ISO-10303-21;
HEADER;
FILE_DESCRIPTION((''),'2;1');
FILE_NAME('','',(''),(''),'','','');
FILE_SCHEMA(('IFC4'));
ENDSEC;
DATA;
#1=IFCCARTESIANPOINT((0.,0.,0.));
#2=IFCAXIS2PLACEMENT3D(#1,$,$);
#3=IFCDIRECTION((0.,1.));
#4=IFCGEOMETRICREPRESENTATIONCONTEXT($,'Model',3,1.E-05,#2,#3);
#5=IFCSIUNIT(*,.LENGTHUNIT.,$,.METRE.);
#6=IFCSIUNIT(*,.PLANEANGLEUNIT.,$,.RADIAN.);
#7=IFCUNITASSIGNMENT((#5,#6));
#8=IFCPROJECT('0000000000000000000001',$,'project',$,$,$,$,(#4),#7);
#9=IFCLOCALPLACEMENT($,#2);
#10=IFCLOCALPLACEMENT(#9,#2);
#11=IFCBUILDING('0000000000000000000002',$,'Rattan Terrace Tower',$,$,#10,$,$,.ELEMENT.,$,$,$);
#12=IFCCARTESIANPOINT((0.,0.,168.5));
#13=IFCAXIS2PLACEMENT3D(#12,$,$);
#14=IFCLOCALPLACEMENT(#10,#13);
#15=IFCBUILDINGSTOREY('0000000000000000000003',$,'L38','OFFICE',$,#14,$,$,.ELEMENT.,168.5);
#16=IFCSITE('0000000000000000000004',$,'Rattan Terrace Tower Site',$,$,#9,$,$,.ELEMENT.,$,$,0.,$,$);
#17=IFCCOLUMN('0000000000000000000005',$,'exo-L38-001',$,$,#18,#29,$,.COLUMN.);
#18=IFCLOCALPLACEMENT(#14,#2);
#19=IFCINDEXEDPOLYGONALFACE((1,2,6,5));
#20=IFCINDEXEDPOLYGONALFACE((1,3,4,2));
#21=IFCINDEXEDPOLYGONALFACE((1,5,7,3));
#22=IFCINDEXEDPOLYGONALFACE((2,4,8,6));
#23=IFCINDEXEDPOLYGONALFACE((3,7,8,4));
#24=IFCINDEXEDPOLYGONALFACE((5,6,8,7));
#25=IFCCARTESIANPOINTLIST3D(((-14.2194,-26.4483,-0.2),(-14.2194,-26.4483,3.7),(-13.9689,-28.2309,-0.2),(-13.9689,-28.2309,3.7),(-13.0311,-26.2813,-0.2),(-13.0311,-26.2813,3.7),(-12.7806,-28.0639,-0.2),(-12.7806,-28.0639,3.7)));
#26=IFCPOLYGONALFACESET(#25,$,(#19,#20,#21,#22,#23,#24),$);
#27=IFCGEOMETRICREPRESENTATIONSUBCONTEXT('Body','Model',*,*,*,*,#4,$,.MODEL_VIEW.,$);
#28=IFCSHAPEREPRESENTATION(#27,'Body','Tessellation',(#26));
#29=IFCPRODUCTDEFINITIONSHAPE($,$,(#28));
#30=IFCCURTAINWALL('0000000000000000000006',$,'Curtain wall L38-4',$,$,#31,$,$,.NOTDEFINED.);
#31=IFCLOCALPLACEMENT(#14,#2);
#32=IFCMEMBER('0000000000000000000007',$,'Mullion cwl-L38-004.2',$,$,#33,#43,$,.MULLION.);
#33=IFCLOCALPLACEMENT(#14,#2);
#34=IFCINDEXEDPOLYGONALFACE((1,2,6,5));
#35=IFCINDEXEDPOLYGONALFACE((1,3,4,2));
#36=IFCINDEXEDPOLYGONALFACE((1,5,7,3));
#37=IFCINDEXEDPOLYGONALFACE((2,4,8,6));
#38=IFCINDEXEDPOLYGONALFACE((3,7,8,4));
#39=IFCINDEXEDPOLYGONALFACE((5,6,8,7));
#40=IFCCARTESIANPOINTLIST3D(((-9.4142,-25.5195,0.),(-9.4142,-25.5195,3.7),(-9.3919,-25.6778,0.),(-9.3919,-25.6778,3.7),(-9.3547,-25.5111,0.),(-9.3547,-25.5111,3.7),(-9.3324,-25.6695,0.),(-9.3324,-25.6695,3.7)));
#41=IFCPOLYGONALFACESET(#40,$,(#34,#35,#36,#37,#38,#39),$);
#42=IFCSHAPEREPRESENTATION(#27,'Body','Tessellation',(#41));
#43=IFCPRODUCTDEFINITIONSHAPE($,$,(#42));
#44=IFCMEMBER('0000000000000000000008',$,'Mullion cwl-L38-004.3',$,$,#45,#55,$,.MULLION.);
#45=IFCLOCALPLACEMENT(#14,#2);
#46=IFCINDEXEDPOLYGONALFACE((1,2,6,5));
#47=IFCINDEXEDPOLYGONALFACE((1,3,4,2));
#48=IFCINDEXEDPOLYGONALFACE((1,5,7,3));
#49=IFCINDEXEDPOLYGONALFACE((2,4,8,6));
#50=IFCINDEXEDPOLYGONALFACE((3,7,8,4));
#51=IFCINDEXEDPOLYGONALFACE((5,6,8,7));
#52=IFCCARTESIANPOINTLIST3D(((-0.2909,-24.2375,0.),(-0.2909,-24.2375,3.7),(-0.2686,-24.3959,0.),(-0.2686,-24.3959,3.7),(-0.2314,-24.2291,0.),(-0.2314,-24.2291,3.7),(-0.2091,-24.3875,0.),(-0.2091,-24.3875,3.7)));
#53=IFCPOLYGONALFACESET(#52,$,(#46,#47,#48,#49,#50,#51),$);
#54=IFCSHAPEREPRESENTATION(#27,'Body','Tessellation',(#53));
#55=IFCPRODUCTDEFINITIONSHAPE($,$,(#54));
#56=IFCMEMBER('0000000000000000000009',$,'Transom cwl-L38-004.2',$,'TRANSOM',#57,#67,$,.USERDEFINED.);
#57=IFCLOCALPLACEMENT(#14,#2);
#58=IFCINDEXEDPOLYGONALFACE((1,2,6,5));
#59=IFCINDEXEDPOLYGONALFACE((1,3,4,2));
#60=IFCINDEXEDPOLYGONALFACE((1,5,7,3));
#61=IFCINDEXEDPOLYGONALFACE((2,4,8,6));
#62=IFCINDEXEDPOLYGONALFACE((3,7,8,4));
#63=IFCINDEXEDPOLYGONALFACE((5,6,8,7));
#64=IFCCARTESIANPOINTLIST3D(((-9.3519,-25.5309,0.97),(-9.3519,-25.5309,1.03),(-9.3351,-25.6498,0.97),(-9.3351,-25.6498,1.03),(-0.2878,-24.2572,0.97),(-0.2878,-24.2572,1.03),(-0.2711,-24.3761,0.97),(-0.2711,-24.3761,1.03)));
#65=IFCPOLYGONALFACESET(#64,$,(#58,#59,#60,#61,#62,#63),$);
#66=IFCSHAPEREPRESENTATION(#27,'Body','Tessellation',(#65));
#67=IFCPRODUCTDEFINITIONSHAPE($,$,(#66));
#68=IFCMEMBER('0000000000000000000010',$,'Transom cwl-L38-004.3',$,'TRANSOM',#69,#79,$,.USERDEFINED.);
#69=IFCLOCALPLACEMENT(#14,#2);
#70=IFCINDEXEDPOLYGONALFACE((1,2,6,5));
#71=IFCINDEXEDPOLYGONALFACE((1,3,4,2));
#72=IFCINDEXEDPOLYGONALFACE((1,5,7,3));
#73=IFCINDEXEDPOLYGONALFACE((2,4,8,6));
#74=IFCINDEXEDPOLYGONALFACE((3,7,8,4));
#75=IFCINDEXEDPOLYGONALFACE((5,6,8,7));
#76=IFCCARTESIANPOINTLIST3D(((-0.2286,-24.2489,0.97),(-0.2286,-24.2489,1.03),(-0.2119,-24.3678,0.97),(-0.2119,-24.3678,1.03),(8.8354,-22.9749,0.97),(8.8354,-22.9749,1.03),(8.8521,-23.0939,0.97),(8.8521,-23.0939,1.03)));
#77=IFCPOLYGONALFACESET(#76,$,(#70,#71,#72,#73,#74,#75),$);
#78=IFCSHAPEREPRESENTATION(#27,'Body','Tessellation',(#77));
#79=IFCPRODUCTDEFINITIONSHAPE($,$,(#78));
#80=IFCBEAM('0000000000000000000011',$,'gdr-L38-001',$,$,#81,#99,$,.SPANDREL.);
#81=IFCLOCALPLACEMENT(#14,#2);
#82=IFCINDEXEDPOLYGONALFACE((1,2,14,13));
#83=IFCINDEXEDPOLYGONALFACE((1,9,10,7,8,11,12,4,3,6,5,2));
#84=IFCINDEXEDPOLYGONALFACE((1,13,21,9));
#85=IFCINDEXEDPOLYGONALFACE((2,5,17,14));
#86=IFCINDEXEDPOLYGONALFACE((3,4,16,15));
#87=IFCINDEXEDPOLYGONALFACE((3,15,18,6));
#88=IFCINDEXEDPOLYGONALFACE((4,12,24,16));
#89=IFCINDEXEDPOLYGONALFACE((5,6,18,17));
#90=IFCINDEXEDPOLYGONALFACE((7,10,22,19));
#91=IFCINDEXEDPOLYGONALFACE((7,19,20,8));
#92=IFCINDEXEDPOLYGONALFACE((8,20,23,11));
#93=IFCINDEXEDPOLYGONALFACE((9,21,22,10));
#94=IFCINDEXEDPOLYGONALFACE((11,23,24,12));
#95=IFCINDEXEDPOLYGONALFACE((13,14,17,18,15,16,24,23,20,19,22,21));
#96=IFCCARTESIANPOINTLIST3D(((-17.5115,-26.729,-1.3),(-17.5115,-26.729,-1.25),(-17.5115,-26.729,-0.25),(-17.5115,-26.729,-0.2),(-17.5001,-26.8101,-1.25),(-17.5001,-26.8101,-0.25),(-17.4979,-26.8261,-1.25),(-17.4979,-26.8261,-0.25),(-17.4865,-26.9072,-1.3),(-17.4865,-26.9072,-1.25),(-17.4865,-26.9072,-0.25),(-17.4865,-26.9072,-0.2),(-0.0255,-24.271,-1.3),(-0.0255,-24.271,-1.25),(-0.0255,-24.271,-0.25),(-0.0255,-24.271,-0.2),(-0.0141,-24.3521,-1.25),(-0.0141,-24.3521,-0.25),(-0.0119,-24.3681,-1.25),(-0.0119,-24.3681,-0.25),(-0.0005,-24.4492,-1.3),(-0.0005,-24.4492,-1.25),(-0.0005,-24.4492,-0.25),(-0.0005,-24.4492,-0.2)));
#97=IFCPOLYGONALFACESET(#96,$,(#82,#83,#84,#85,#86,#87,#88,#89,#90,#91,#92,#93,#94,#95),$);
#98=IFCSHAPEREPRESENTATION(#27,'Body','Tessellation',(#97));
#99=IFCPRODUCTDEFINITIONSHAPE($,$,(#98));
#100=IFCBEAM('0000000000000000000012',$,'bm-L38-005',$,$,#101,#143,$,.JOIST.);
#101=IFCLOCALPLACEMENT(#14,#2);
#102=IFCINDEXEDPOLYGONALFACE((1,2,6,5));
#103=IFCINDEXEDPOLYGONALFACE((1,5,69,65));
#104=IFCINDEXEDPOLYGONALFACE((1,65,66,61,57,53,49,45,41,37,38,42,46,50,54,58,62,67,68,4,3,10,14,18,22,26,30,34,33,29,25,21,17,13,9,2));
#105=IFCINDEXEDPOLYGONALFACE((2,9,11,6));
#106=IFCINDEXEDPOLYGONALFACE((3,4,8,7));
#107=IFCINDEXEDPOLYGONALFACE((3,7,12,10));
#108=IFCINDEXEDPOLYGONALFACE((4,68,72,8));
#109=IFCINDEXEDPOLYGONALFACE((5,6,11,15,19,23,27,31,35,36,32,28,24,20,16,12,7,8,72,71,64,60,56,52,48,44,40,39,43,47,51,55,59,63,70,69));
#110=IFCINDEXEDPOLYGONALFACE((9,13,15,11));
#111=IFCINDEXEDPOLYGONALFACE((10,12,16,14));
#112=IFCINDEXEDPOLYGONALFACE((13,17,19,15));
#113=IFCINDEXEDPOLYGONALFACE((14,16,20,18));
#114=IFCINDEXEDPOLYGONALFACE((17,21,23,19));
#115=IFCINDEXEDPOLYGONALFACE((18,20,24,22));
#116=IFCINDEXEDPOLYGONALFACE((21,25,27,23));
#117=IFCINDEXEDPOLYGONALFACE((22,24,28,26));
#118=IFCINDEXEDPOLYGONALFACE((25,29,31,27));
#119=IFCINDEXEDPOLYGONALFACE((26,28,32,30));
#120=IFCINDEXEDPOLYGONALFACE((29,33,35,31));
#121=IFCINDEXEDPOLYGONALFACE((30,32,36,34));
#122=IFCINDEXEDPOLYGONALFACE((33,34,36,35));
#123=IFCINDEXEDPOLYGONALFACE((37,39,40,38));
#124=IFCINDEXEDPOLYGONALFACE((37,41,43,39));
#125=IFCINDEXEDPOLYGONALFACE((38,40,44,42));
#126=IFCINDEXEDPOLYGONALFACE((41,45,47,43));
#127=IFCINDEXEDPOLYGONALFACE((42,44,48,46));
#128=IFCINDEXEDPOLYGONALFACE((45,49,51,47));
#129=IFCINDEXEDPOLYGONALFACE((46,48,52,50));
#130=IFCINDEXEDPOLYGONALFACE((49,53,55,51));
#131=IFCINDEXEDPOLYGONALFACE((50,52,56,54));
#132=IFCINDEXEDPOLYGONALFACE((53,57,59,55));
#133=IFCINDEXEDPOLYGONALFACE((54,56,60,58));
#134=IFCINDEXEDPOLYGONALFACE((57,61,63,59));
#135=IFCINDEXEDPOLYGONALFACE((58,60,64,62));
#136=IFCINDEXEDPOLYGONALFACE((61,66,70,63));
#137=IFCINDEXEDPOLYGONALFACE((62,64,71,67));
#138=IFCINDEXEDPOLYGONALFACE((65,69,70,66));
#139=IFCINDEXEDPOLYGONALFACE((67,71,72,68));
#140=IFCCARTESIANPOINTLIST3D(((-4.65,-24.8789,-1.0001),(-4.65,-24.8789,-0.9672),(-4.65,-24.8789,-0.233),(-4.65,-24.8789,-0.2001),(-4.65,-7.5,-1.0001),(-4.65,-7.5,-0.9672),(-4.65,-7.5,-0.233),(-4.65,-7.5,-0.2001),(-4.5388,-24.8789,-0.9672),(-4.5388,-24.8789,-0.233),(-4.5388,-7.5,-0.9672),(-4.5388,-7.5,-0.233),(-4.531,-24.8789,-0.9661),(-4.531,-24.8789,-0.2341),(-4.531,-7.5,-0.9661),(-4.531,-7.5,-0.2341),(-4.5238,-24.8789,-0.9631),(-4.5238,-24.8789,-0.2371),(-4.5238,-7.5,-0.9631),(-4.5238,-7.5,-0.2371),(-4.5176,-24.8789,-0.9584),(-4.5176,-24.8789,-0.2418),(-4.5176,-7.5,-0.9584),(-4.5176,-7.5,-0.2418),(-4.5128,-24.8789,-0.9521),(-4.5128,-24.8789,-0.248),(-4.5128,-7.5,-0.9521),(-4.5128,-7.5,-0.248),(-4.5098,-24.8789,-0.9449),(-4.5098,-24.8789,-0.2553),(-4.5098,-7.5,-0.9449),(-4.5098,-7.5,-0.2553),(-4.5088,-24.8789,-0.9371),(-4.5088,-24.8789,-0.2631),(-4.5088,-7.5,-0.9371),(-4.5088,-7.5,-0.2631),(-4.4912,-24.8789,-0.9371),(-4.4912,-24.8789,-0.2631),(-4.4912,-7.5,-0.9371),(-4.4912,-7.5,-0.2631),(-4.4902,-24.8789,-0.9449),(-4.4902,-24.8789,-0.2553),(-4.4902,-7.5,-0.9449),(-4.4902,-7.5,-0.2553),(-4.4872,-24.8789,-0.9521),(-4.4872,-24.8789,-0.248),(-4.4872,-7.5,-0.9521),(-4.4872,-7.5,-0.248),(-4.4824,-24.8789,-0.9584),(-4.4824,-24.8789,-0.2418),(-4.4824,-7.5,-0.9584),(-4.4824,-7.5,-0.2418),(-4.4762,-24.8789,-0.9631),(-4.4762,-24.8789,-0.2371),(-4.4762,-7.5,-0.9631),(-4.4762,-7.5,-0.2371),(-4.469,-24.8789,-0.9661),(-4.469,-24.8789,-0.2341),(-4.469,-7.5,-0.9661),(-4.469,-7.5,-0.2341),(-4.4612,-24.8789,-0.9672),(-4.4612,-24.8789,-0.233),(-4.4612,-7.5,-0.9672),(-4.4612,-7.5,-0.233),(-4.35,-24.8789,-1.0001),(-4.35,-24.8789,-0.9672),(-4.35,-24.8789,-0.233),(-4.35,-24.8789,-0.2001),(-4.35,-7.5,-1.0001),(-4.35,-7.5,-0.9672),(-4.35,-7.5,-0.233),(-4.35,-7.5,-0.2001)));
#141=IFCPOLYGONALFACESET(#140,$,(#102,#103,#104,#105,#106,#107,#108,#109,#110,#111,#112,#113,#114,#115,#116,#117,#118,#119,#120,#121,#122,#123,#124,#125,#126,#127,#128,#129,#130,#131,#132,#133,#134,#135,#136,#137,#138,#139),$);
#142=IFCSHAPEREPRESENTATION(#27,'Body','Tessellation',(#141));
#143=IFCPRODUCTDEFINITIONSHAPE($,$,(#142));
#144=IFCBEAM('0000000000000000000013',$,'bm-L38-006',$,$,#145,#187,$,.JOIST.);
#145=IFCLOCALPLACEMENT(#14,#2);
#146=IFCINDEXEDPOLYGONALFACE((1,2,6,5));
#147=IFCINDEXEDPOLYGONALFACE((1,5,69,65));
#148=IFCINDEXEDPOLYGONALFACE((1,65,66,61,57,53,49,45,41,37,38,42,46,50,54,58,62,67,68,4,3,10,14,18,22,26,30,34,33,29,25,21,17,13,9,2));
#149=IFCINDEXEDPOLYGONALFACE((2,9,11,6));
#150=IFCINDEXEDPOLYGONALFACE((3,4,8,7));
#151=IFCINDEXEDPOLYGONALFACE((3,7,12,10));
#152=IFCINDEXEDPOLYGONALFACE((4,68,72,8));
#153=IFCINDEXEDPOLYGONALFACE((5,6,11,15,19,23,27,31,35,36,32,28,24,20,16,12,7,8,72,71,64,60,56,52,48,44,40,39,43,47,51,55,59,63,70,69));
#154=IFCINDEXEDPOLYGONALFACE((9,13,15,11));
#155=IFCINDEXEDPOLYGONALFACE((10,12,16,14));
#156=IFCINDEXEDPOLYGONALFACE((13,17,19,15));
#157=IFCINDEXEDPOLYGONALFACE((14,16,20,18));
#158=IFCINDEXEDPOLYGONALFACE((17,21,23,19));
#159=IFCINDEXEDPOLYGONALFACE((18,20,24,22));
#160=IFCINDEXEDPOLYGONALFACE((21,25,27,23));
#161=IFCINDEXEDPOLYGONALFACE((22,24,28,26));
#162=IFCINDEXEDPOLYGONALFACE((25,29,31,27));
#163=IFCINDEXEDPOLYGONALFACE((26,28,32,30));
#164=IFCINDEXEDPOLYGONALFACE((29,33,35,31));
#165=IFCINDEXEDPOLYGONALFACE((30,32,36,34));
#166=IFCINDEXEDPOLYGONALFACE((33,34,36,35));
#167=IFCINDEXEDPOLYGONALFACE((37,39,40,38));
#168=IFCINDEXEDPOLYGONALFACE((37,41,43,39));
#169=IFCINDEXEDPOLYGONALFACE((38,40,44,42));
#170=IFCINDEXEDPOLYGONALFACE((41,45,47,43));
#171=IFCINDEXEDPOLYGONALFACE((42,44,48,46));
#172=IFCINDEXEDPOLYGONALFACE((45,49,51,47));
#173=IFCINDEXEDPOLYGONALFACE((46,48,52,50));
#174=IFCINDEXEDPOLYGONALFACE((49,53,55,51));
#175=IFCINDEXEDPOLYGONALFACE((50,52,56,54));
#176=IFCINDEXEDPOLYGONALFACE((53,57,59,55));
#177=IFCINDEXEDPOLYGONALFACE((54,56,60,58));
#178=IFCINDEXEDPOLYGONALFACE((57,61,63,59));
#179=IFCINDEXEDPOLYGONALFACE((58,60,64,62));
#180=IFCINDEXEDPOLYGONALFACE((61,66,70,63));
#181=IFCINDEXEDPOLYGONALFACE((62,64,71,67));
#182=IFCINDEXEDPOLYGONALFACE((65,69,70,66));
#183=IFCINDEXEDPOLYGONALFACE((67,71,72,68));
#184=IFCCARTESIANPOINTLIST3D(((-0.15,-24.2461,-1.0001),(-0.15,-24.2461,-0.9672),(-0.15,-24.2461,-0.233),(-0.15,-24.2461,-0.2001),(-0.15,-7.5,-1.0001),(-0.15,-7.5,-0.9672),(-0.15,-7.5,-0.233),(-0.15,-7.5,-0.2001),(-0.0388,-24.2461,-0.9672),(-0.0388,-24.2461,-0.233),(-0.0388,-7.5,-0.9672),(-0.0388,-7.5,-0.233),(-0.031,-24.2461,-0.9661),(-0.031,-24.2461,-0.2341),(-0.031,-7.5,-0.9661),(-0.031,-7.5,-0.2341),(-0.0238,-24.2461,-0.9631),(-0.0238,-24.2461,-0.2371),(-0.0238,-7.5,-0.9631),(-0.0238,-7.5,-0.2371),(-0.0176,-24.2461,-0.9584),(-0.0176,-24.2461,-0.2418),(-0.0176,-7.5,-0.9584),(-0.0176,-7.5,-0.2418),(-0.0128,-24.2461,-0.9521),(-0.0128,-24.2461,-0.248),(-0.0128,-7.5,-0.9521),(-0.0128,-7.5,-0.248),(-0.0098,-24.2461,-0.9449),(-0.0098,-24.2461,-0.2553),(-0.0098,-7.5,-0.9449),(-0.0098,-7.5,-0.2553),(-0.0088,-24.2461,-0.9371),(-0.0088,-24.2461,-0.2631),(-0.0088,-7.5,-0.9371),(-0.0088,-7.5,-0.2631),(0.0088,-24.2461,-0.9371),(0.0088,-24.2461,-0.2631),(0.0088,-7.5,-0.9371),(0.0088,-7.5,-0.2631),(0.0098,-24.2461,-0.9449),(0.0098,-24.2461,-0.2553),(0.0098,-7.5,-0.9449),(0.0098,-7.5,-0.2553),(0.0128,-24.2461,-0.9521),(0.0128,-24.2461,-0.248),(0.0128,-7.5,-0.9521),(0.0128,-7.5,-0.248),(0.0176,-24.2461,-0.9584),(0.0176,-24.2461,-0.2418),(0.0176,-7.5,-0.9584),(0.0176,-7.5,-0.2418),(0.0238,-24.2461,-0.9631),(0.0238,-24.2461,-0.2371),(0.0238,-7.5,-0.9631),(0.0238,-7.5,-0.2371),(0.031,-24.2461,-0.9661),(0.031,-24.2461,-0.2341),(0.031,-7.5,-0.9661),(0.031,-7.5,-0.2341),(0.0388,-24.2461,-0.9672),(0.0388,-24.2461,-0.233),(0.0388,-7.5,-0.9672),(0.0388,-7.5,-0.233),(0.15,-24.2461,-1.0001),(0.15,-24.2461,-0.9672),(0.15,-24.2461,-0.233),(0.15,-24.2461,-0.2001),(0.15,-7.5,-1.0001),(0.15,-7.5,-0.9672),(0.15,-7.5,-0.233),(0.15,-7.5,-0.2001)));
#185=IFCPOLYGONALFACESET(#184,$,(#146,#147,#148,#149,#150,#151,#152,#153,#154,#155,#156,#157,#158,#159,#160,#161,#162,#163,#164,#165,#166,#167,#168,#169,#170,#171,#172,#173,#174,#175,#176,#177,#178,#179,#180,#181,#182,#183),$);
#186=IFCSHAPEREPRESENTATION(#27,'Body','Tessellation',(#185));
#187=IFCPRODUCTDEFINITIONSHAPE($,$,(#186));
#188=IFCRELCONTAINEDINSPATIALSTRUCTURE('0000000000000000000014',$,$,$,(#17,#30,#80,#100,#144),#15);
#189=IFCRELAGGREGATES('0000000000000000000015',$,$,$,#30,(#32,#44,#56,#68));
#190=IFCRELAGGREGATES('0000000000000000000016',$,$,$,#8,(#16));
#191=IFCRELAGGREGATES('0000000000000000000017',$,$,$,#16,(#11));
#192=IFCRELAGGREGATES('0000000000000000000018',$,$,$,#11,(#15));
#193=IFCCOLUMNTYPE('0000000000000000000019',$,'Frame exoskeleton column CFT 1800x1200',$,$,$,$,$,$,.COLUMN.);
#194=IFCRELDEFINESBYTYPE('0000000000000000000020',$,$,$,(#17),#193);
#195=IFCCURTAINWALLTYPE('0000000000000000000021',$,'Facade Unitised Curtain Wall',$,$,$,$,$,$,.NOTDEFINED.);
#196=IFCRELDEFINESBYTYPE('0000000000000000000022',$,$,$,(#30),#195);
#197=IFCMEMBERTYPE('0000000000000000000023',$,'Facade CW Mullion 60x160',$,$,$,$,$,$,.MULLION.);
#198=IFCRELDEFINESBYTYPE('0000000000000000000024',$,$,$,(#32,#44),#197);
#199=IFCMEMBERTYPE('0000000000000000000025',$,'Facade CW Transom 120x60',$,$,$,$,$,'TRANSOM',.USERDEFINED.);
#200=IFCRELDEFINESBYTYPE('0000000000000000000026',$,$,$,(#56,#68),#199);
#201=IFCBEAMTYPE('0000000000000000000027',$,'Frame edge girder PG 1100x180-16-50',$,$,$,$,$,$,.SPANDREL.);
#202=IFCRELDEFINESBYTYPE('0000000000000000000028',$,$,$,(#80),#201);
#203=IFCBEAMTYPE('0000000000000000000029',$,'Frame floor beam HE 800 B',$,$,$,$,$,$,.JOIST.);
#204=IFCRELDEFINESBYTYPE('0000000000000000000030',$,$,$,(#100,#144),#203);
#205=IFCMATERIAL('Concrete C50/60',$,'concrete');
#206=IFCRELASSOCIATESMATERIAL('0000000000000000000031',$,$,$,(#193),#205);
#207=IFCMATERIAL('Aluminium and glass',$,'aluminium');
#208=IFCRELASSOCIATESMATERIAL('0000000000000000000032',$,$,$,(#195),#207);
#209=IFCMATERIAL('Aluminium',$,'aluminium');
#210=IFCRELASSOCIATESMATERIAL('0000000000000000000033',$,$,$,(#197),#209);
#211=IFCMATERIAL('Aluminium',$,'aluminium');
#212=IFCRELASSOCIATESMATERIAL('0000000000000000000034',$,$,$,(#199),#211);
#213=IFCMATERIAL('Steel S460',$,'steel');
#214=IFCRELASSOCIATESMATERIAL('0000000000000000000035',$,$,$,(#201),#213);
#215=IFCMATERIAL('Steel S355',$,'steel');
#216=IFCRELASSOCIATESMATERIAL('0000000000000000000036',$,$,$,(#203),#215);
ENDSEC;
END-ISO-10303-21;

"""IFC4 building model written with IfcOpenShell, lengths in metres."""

from ifc_helpers import new_model, si_unit, direction, frame, origin, origin_2d, place, context, subcontext, project, spatial, rectangle, i_section, extrude, material, material_profile, profile_set, type_object, element, aggregate, save


model = new_model("IFC4")

# Units and contexts
model_context = context("Model", 3, precision=1e-05, world=origin(), true_north=direction((0.0, 1.0)))
body_context = subcontext(model_context, "Body", "Model", "MODEL_VIEW")
ifc_project = project(units=[si_unit("LENGTHUNIT", "METRE"), si_unit("PLANEANGLEUNIT", "RADIAN")], contexts=[model_context])

# Site, building, storey
site_placement = place(None, origin())
site = spatial("IfcSite", under=ifc_project, at=site_placement, Name="Rattan Terrace Tower Site", CompositionType="ELEMENT", RefElevation=0.0)
building_placement = place(site_placement, origin())
building = spatial("IfcBuilding", under=site, at=building_placement, Name="Rattan Terrace Tower", CompositionType="ELEMENT")
storey_placement = place(building_placement, frame((0.0, 0.0, 168.5)))
storey = spatial("IfcBuildingStorey", under=building, at=storey_placement, Name="L38", Description="OFFICE", CompositionType="ELEMENT", Elevation=168.5)

# Column
ifc_material_1 = material(Name="Concrete C50/60", Category="concrete")
ifc_material_profile_1 = material_profile(ifc_material_1, rectangle(XDim=1.2, YDim=1.8, at=origin_2d()), Name="CFT 1800x1200")
ifc_profile_set_1 = profile_set([ifc_material_profile_1], Name="Concrete C50/60")
column_type = type_object("IfcColumnType", Name="Frame exoskeleton column CFT 1800x1200", PredefinedType="COLUMN", material=ifc_profile_set_1)
column_placement = place(storey_placement, frame((-13.5, -27.2561, -0.2), z_axis=(0.0, 0.0, 1.0), x_axis=(0.99027, 0.139156, 0.0)))
element("IfcColumn", 1, at=column_placement, inside=storey, type_object=column_type, Name="exo-L38-001", PredefinedType="COLUMN", context=body_context, shape_type="SweptSolid", body=[
    extrude(rectangle(XDim=1.2, YDim=1.8, at=origin_2d()), origin(), (0.0, 0.0, 1.0), 3.8999),
])

# Curtain wall, members
ifc_material_2 = material(Name="Aluminium and glass", Category="aluminium")
curtain_wall_type = type_object("IfcCurtainWallType", Name="Facade Unitised Curtain Wall", PredefinedType="NOTDEFINED", material=ifc_material_2)
curtain_wall_placement = place(storey_placement, origin())
curtain_wall = element("IfcCurtainWall", 2, at=curtain_wall_placement, inside=storey, type_object=curtain_wall_type, Name="Curtain wall L38-4", PredefinedType="NOTDEFINED")
ifc_material_3 = material(Name="Aluminium", Category="aluminium")
ifc_material_profile_2 = material_profile(ifc_material_3, rectangle(XDim=0.0601, YDim=0.1599, at=origin_2d()), Name="Aluminium 60x160")
ifc_profile_set_2 = profile_set([ifc_material_profile_2], Name="Aluminium")
member_type_1 = type_object("IfcMemberType", Name="Facade CW Mullion 60x160", PredefinedType="MULLION", material=ifc_profile_set_2)
member_1_placement = place(storey_placement, frame((-9.3733, -25.5945, 0.0), z_axis=(0.0, 0.0, 1.0), x_axis=(0.99027, 0.139161, 0.0)))
member_1 = element("IfcMember", 3, at=member_1_placement, type_object=member_type_1, Name="Mullion cwl-L38-004.2", PredefinedType="MULLION", context=body_context, shape_type="SweptSolid", body=[
    extrude(rectangle(XDim=0.0601, YDim=0.1599, at=origin_2d()), origin(), (0.0, 0.0, 1.0), 3.7),
])
member_2_placement = place(storey_placement, frame((-0.25, -24.3125, 0.0), z_axis=(0.0, 0.0, 1.0), x_axis=(0.99027, 0.139161, 0.0)))
member_2 = element("IfcMember", 4, at=member_2_placement, type_object=member_type_1, Name="Mullion cwl-L38-004.3", PredefinedType="MULLION", context=body_context, shape_type="SweptSolid", body=[
    extrude(rectangle(XDim=0.0601, YDim=0.1599, at=origin_2d()), origin(), (0.0, 0.0, 1.0), 3.7),
])
ifc_material_4 = material(Name="Aluminium", Category="aluminium")
ifc_material_profile_3 = material_profile(ifc_material_4, rectangle(XDim=0.1201, YDim=0.0601, at=origin_2d()), Name="Aluminium 120x60")
ifc_profile_set_3 = profile_set([ifc_material_profile_3], Name="Aluminium")
member_type_2 = type_object("IfcMemberType", Name="Facade CW Transom 120x60", ElementType="TRANSOM", PredefinedType="USERDEFINED", material=ifc_profile_set_3)
member_3_placement = place(storey_placement, frame((-9.3435, -25.5903, 1.0), z_axis=(0.990271, 0.139154, 0.0), x_axis=(-0.139154, 0.990271, 0.0)))
member_3 = element("IfcMember", 5, at=member_3_placement, type_object=member_type_2, Name="Transom cwl-L38-004.2", ObjectType="TRANSOM", PredefinedType="USERDEFINED", context=body_context, shape_type="SweptSolid", body=[
    extrude(rectangle(XDim=0.1201, YDim=0.0601, at=origin_2d()), origin(), (0.0, 0.0, 1.0), 9.1531),
])
member_4_placement = place(storey_placement, frame((-0.2202, -24.3083, 1.0), z_axis=(0.990267, 0.13918, 0.0), x_axis=(-0.13918, 0.990267, 0.0)))
member_4 = element("IfcMember", 6, at=member_4_placement, type_object=member_type_2, Name="Transom cwl-L38-004.3", ObjectType="TRANSOM", PredefinedType="USERDEFINED", context=body_context, shape_type="SweptSolid", body=[
    extrude(rectangle(XDim=0.1201, YDim=0.0601, at=origin_2d()), origin(), (0.0, 0.0, 1.0), 9.1531),
])

# Beams
ifc_material_5 = material(Name="Steel S460", Category="steel")
ifc_material_profile_4 = material_profile(ifc_material_5, i_section(OverallWidth=0.1799, OverallDepth=1.1001, WebThickness=0.0161, FlangeThickness=0.05, at=origin_2d()), Name="PG 1100x180-16-50")
ifc_profile_set_4 = profile_set([ifc_material_profile_4], Name="Steel S460")
beam_type_1 = type_object("IfcBeamType", Name="Frame edge girder PG 1100x180-16-50", PredefinedType="SPANDREL", material=ifc_profile_set_4)
beam_1_placement = place(storey_placement, frame((-17.499, -26.8181, -0.75), z_axis=(0.990264, 0.139201, 0.0), x_axis=(-0.139201, 0.990264, 0.0)))
element("IfcBeam", 7, at=beam_1_placement, inside=storey, type_object=beam_type_1, Name="gdr-L38-001", PredefinedType="SPANDREL", context=body_context, shape_type="SweptSolid", body=[
    extrude(i_section(OverallWidth=0.1799, OverallDepth=1.1001, WebThickness=0.0161, FlangeThickness=0.05, at=origin_2d()), origin(), (0.0, 0.0, 1.0), 17.658),
])
ifc_material_6 = material(Name="Steel S355", Category="steel")
ifc_material_profile_5 = material_profile(ifc_material_6, i_section(OverallWidth=0.3, OverallDepth=0.8, WebThickness=0.0176, FlangeThickness=0.033, FilletRadius=0.03, at=origin_2d()), Name="HE 800 B")
ifc_profile_set_5 = profile_set([ifc_material_profile_5], Name="Steel S355")
beam_type_2 = type_object("IfcBeamType", Name="Frame floor beam HE 800 B", PredefinedType="JOIST", material=ifc_profile_set_5)
beam_2_placement = place(storey_placement, frame((-4.5, -24.8789, -0.6001), z_axis=(0.0, 1.0, 0.0), x_axis=(-1.0, 0.0, 0.0)))
element("IfcBeam", 8, at=beam_2_placement, inside=storey, type_object=beam_type_2, Name="bm-L38-005", PredefinedType="JOIST", context=body_context, shape_type="SweptSolid", body=[
    extrude(i_section(OverallWidth=0.3, OverallDepth=0.8, WebThickness=0.0176, FlangeThickness=0.033, FilletRadius=0.03, at=origin_2d()), origin(), (0.0, 0.0, 1.0), 17.3789),
])
beam_3_placement = place(storey_placement, frame((0.0, -24.2461, -0.6001), z_axis=(0.0, 1.0, 0.0), x_axis=(-1.0, 0.0, 0.0)))
element("IfcBeam", 9, at=beam_3_placement, inside=storey, type_object=beam_type_2, Name="bm-L38-006", PredefinedType="JOIST", context=body_context, shape_type="SweptSolid", body=[
    extrude(i_section(OverallWidth=0.3, OverallDepth=0.8, WebThickness=0.0176, FlangeThickness=0.033, FilletRadius=0.03, at=origin_2d()), origin(), (0.0, 0.0, 1.0), 16.7461),
])

aggregate(curtain_wall, [member_1, member_2, member_3, member_4])

save(model, "model.ifc")
